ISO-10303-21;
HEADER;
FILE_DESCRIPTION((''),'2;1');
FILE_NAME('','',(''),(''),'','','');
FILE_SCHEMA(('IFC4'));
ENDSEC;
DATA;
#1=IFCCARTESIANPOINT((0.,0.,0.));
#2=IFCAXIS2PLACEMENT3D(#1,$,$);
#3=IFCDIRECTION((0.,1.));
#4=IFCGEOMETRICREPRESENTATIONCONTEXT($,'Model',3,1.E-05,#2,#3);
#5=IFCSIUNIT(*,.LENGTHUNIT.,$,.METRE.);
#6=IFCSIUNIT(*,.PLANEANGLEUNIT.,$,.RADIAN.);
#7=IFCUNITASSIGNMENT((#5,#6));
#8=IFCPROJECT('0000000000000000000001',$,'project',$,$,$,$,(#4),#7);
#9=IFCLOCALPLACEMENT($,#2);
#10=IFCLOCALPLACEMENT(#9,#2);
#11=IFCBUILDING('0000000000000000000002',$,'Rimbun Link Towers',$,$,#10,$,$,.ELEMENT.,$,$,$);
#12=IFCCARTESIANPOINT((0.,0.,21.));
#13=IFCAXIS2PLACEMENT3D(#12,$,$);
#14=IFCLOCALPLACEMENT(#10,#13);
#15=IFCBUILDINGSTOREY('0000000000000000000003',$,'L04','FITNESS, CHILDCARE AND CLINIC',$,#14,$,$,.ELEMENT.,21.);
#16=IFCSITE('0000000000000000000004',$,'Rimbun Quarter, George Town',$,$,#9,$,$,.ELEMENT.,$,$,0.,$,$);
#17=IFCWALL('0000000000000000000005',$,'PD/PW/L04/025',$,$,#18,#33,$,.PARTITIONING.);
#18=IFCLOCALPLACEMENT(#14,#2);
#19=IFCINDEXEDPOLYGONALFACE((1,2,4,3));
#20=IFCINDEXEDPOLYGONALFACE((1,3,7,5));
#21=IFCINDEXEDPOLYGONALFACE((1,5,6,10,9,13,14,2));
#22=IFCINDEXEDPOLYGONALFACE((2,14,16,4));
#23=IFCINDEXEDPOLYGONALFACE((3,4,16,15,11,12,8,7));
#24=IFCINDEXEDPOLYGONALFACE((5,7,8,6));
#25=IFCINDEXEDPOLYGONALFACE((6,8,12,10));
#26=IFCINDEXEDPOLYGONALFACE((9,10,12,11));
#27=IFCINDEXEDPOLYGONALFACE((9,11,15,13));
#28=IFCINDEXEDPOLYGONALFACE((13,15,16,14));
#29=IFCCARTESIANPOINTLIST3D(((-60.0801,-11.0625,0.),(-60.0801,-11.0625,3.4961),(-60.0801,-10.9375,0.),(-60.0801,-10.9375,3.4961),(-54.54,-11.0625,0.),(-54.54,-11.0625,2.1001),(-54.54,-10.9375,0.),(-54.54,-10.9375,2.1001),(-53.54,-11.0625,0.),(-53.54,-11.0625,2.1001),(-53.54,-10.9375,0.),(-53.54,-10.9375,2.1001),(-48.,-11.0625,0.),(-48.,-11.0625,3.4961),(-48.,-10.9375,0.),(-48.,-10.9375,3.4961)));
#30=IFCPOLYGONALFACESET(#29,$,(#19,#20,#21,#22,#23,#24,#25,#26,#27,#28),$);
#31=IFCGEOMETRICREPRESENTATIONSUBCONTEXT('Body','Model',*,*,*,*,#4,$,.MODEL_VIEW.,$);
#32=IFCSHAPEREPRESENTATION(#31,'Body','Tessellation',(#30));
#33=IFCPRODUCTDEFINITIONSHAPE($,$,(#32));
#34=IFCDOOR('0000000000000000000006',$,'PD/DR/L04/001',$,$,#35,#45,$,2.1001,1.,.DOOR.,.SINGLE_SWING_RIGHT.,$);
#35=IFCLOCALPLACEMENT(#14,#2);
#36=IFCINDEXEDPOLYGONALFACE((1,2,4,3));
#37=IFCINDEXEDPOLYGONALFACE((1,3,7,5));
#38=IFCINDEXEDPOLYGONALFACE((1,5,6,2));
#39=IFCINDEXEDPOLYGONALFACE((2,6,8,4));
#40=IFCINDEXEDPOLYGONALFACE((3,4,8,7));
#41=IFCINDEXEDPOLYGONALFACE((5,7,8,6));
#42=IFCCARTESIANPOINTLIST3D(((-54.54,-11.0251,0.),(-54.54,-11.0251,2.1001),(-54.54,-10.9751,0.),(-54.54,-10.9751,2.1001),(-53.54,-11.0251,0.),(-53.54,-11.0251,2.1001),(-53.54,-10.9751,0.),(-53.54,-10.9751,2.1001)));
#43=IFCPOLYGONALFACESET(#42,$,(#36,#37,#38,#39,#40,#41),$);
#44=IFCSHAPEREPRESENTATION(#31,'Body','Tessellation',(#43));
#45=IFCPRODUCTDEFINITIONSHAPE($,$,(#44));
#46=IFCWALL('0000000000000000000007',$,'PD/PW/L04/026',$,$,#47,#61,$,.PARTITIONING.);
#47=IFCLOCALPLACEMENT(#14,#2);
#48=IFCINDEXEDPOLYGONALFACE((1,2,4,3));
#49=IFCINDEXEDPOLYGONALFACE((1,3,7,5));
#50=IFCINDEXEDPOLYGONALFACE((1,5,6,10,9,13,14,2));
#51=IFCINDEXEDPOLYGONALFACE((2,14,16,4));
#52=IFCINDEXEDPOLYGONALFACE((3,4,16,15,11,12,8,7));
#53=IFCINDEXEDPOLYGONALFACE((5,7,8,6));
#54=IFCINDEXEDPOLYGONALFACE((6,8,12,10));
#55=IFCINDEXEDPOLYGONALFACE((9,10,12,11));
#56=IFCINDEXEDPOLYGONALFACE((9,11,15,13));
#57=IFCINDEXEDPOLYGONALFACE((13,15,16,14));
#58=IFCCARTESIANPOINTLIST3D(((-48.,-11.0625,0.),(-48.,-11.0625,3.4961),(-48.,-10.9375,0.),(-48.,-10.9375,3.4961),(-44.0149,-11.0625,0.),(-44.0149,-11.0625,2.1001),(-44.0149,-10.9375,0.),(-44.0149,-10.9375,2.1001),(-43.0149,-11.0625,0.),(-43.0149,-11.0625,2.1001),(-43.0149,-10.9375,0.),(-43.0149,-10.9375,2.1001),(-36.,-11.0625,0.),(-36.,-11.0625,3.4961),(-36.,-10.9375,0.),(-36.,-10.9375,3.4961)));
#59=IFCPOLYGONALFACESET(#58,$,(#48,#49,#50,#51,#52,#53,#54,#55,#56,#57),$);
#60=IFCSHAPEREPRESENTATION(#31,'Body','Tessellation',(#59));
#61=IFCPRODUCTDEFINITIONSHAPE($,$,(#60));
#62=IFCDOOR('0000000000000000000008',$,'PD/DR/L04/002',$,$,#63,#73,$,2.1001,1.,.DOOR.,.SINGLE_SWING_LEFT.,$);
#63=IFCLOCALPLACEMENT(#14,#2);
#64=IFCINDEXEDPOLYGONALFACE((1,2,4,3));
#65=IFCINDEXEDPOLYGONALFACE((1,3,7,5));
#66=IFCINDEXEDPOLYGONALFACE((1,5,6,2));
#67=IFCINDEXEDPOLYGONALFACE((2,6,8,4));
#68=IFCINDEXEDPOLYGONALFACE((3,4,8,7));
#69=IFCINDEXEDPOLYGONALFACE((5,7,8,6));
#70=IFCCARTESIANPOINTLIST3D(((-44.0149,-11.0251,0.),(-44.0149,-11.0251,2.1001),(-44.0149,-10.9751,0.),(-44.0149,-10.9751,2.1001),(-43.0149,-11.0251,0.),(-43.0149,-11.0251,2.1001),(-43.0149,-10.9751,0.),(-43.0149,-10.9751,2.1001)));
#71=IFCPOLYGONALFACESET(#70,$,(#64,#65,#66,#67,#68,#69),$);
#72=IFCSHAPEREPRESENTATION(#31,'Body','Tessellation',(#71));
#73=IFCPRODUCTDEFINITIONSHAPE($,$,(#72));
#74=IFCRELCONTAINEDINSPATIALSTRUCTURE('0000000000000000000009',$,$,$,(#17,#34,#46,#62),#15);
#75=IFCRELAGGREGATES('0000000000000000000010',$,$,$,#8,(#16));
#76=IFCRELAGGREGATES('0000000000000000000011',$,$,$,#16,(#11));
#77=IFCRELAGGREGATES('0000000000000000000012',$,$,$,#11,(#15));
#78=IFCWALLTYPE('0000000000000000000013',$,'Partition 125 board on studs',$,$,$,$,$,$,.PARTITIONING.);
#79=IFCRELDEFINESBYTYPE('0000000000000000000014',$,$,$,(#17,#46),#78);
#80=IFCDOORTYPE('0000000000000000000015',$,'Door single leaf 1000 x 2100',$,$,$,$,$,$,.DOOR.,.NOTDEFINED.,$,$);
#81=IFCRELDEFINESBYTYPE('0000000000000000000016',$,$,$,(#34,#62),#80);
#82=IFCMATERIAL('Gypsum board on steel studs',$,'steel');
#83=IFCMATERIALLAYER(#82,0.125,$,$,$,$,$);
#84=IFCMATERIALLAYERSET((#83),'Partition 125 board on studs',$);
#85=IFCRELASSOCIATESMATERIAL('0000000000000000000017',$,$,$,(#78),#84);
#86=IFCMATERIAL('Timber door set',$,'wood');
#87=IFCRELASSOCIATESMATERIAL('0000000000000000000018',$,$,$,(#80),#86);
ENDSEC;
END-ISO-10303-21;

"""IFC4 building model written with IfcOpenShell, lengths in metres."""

from ifc_helpers import new_model, si_unit, direction, frame, frame_2d, origin, place, context, subcontext, project, spatial, rectangle, extrude, material, layer, layer_set, type_object, element, fill, save


model = new_model("IFC4")

# Units and contexts
model_context = context("Model", 3, precision=1e-05, world=origin(), true_north=direction((0.0, 1.0)))
body_context = subcontext(model_context, "Body", "Model", "MODEL_VIEW")
ifc_project = project(units=[si_unit("LENGTHUNIT", "METRE"), si_unit("PLANEANGLEUNIT", "RADIAN")], contexts=[model_context])

# Site, building, storey
site_placement = place(None, origin())
site = spatial("IfcSite", under=ifc_project, at=site_placement, Name="Rimbun Quarter, George Town", CompositionType="ELEMENT", RefElevation=0.0)
building_placement = place(site_placement, origin())
building = spatial("IfcBuilding", under=site, at=building_placement, Name="Rimbun Link Towers", CompositionType="ELEMENT")
storey_placement = place(building_placement, frame((0.0, 0.0, 21.0)))
storey = spatial("IfcBuildingStorey", under=building, at=storey_placement, Name="L04", Description="FITNESS, CHILDCARE AND CLINIC", CompositionType="ELEMENT", Elevation=21.0)

# Walls, openings, doors
ifc_material_1 = material(Name="Gypsum board on steel studs", Category="steel")
ifc_layer_1 = layer(ifc_material_1, 0.125)
ifc_layer_set_1 = layer_set([ifc_layer_1], Name="Partition 125 board on studs")
wall_type = type_object("IfcWallType", Name="Partition 125 board on studs", PredefinedType="PARTITIONING", material=ifc_layer_set_1)
wall_1_placement = place(storey_placement, frame((-60.0801, -11.0, 0.0), z_axis=(0.0, 0.0, 1.0), x_axis=(1.0, 0.0, 0.0)))
wall_1 = element("IfcWall", 1, at=wall_1_placement, inside=storey, type_object=wall_type, Name="PD/PW/L04/025", PredefinedType="PARTITIONING", context=body_context, shape_type="SweptSolid", body=[
    extrude(rectangle(XDim=12.0801, YDim=0.125, at=frame_2d((6.04, 0.0))), origin(), (0.0, 0.0, 1.0), 3.4961),
])
opening_1_placement = place(wall_1_placement, frame((5.54, 0.0, 0.0)))
opening_1 = element("IfcOpeningElement", 2, at=opening_1_placement, cuts=wall_1, PredefinedType="OPENING", context=body_context, shape_type="SweptSolid", body=[
    extrude(rectangle(XDim=1.0, YDim=2.1001, at=frame_2d((0.5, 1.05))), frame((0.0, 0.0725, 0.0), z_axis=(0.0, -1.0, 0.0), x_axis=(1.0, 0.0, 0.0)), (0.0, 0.0, 1.0), 0.145),
])
ifc_material_2 = material(Name="Timber door set", Category="wood")
door_type = type_object("IfcDoorType", Name="Door single leaf 1000 x 2100", OperationType="NOTDEFINED", PredefinedType="DOOR", material=ifc_material_2)
door_1_placement = place(opening_1_placement, origin())
door_1 = element("IfcDoor", 3, at=door_1_placement, inside=storey, type_object=door_type, Name="PD/DR/L04/001", OperationType="SINGLE_SWING_RIGHT", OverallHeight=2.1001, OverallWidth=1.0, PredefinedType="DOOR", context=body_context, shape_type="SweptSolid", body=[
    extrude(rectangle(XDim=1.0, YDim=2.1001, at=frame_2d((0.5, 1.05))), frame((0.0, 0.0249, 0.0), z_axis=(0.0, -1.0, 0.0), x_axis=(1.0, 0.0, 0.0)), (0.0, 0.0, 1.0), 0.05),
])
fill(opening_1, door_1)
wall_2_placement = place(storey_placement, frame((-48.0, -11.0, 0.0), z_axis=(0.0, 0.0, 1.0), x_axis=(1.0, 0.0, 0.0)))
wall_2 = element("IfcWall", 4, at=wall_2_placement, inside=storey, type_object=wall_type, Name="PD/PW/L04/026", PredefinedType="PARTITIONING", context=body_context, shape_type="SweptSolid", body=[
    extrude(rectangle(XDim=12.0, YDim=0.125, at=frame_2d((6.0, 0.0))), origin(), (0.0, 0.0, 1.0), 3.4961),
])
opening_2_placement = place(wall_2_placement, frame((3.9851, 0.0, 0.0)))
opening_2 = element("IfcOpeningElement", 5, at=opening_2_placement, cuts=wall_2, PredefinedType="OPENING", context=body_context, shape_type="SweptSolid", body=[
    extrude(rectangle(XDim=1.0, YDim=2.1001, at=frame_2d((0.5, 1.05))), frame((0.0, 0.0725, 0.0), z_axis=(0.0, -1.0, 0.0), x_axis=(1.0, 0.0, 0.0)), (0.0, 0.0, 1.0), 0.145),
])
door_2_placement = place(opening_2_placement, origin())
door_2 = element("IfcDoor", 6, at=door_2_placement, inside=storey, type_object=door_type, Name="PD/DR/L04/002", OperationType="SINGLE_SWING_LEFT", OverallHeight=2.1001, OverallWidth=1.0, PredefinedType="DOOR", context=body_context, shape_type="SweptSolid", body=[
    extrude(rectangle(XDim=1.0, YDim=2.1001, at=frame_2d((0.5, 1.05))), frame((0.0, 0.0249, 0.0), z_axis=(0.0, -1.0, 0.0), x_axis=(1.0, 0.0, 0.0)), (0.0, 0.0, 1.0), 0.05),
])
fill(opening_2, door_2)

save(model, "model.ifc")
